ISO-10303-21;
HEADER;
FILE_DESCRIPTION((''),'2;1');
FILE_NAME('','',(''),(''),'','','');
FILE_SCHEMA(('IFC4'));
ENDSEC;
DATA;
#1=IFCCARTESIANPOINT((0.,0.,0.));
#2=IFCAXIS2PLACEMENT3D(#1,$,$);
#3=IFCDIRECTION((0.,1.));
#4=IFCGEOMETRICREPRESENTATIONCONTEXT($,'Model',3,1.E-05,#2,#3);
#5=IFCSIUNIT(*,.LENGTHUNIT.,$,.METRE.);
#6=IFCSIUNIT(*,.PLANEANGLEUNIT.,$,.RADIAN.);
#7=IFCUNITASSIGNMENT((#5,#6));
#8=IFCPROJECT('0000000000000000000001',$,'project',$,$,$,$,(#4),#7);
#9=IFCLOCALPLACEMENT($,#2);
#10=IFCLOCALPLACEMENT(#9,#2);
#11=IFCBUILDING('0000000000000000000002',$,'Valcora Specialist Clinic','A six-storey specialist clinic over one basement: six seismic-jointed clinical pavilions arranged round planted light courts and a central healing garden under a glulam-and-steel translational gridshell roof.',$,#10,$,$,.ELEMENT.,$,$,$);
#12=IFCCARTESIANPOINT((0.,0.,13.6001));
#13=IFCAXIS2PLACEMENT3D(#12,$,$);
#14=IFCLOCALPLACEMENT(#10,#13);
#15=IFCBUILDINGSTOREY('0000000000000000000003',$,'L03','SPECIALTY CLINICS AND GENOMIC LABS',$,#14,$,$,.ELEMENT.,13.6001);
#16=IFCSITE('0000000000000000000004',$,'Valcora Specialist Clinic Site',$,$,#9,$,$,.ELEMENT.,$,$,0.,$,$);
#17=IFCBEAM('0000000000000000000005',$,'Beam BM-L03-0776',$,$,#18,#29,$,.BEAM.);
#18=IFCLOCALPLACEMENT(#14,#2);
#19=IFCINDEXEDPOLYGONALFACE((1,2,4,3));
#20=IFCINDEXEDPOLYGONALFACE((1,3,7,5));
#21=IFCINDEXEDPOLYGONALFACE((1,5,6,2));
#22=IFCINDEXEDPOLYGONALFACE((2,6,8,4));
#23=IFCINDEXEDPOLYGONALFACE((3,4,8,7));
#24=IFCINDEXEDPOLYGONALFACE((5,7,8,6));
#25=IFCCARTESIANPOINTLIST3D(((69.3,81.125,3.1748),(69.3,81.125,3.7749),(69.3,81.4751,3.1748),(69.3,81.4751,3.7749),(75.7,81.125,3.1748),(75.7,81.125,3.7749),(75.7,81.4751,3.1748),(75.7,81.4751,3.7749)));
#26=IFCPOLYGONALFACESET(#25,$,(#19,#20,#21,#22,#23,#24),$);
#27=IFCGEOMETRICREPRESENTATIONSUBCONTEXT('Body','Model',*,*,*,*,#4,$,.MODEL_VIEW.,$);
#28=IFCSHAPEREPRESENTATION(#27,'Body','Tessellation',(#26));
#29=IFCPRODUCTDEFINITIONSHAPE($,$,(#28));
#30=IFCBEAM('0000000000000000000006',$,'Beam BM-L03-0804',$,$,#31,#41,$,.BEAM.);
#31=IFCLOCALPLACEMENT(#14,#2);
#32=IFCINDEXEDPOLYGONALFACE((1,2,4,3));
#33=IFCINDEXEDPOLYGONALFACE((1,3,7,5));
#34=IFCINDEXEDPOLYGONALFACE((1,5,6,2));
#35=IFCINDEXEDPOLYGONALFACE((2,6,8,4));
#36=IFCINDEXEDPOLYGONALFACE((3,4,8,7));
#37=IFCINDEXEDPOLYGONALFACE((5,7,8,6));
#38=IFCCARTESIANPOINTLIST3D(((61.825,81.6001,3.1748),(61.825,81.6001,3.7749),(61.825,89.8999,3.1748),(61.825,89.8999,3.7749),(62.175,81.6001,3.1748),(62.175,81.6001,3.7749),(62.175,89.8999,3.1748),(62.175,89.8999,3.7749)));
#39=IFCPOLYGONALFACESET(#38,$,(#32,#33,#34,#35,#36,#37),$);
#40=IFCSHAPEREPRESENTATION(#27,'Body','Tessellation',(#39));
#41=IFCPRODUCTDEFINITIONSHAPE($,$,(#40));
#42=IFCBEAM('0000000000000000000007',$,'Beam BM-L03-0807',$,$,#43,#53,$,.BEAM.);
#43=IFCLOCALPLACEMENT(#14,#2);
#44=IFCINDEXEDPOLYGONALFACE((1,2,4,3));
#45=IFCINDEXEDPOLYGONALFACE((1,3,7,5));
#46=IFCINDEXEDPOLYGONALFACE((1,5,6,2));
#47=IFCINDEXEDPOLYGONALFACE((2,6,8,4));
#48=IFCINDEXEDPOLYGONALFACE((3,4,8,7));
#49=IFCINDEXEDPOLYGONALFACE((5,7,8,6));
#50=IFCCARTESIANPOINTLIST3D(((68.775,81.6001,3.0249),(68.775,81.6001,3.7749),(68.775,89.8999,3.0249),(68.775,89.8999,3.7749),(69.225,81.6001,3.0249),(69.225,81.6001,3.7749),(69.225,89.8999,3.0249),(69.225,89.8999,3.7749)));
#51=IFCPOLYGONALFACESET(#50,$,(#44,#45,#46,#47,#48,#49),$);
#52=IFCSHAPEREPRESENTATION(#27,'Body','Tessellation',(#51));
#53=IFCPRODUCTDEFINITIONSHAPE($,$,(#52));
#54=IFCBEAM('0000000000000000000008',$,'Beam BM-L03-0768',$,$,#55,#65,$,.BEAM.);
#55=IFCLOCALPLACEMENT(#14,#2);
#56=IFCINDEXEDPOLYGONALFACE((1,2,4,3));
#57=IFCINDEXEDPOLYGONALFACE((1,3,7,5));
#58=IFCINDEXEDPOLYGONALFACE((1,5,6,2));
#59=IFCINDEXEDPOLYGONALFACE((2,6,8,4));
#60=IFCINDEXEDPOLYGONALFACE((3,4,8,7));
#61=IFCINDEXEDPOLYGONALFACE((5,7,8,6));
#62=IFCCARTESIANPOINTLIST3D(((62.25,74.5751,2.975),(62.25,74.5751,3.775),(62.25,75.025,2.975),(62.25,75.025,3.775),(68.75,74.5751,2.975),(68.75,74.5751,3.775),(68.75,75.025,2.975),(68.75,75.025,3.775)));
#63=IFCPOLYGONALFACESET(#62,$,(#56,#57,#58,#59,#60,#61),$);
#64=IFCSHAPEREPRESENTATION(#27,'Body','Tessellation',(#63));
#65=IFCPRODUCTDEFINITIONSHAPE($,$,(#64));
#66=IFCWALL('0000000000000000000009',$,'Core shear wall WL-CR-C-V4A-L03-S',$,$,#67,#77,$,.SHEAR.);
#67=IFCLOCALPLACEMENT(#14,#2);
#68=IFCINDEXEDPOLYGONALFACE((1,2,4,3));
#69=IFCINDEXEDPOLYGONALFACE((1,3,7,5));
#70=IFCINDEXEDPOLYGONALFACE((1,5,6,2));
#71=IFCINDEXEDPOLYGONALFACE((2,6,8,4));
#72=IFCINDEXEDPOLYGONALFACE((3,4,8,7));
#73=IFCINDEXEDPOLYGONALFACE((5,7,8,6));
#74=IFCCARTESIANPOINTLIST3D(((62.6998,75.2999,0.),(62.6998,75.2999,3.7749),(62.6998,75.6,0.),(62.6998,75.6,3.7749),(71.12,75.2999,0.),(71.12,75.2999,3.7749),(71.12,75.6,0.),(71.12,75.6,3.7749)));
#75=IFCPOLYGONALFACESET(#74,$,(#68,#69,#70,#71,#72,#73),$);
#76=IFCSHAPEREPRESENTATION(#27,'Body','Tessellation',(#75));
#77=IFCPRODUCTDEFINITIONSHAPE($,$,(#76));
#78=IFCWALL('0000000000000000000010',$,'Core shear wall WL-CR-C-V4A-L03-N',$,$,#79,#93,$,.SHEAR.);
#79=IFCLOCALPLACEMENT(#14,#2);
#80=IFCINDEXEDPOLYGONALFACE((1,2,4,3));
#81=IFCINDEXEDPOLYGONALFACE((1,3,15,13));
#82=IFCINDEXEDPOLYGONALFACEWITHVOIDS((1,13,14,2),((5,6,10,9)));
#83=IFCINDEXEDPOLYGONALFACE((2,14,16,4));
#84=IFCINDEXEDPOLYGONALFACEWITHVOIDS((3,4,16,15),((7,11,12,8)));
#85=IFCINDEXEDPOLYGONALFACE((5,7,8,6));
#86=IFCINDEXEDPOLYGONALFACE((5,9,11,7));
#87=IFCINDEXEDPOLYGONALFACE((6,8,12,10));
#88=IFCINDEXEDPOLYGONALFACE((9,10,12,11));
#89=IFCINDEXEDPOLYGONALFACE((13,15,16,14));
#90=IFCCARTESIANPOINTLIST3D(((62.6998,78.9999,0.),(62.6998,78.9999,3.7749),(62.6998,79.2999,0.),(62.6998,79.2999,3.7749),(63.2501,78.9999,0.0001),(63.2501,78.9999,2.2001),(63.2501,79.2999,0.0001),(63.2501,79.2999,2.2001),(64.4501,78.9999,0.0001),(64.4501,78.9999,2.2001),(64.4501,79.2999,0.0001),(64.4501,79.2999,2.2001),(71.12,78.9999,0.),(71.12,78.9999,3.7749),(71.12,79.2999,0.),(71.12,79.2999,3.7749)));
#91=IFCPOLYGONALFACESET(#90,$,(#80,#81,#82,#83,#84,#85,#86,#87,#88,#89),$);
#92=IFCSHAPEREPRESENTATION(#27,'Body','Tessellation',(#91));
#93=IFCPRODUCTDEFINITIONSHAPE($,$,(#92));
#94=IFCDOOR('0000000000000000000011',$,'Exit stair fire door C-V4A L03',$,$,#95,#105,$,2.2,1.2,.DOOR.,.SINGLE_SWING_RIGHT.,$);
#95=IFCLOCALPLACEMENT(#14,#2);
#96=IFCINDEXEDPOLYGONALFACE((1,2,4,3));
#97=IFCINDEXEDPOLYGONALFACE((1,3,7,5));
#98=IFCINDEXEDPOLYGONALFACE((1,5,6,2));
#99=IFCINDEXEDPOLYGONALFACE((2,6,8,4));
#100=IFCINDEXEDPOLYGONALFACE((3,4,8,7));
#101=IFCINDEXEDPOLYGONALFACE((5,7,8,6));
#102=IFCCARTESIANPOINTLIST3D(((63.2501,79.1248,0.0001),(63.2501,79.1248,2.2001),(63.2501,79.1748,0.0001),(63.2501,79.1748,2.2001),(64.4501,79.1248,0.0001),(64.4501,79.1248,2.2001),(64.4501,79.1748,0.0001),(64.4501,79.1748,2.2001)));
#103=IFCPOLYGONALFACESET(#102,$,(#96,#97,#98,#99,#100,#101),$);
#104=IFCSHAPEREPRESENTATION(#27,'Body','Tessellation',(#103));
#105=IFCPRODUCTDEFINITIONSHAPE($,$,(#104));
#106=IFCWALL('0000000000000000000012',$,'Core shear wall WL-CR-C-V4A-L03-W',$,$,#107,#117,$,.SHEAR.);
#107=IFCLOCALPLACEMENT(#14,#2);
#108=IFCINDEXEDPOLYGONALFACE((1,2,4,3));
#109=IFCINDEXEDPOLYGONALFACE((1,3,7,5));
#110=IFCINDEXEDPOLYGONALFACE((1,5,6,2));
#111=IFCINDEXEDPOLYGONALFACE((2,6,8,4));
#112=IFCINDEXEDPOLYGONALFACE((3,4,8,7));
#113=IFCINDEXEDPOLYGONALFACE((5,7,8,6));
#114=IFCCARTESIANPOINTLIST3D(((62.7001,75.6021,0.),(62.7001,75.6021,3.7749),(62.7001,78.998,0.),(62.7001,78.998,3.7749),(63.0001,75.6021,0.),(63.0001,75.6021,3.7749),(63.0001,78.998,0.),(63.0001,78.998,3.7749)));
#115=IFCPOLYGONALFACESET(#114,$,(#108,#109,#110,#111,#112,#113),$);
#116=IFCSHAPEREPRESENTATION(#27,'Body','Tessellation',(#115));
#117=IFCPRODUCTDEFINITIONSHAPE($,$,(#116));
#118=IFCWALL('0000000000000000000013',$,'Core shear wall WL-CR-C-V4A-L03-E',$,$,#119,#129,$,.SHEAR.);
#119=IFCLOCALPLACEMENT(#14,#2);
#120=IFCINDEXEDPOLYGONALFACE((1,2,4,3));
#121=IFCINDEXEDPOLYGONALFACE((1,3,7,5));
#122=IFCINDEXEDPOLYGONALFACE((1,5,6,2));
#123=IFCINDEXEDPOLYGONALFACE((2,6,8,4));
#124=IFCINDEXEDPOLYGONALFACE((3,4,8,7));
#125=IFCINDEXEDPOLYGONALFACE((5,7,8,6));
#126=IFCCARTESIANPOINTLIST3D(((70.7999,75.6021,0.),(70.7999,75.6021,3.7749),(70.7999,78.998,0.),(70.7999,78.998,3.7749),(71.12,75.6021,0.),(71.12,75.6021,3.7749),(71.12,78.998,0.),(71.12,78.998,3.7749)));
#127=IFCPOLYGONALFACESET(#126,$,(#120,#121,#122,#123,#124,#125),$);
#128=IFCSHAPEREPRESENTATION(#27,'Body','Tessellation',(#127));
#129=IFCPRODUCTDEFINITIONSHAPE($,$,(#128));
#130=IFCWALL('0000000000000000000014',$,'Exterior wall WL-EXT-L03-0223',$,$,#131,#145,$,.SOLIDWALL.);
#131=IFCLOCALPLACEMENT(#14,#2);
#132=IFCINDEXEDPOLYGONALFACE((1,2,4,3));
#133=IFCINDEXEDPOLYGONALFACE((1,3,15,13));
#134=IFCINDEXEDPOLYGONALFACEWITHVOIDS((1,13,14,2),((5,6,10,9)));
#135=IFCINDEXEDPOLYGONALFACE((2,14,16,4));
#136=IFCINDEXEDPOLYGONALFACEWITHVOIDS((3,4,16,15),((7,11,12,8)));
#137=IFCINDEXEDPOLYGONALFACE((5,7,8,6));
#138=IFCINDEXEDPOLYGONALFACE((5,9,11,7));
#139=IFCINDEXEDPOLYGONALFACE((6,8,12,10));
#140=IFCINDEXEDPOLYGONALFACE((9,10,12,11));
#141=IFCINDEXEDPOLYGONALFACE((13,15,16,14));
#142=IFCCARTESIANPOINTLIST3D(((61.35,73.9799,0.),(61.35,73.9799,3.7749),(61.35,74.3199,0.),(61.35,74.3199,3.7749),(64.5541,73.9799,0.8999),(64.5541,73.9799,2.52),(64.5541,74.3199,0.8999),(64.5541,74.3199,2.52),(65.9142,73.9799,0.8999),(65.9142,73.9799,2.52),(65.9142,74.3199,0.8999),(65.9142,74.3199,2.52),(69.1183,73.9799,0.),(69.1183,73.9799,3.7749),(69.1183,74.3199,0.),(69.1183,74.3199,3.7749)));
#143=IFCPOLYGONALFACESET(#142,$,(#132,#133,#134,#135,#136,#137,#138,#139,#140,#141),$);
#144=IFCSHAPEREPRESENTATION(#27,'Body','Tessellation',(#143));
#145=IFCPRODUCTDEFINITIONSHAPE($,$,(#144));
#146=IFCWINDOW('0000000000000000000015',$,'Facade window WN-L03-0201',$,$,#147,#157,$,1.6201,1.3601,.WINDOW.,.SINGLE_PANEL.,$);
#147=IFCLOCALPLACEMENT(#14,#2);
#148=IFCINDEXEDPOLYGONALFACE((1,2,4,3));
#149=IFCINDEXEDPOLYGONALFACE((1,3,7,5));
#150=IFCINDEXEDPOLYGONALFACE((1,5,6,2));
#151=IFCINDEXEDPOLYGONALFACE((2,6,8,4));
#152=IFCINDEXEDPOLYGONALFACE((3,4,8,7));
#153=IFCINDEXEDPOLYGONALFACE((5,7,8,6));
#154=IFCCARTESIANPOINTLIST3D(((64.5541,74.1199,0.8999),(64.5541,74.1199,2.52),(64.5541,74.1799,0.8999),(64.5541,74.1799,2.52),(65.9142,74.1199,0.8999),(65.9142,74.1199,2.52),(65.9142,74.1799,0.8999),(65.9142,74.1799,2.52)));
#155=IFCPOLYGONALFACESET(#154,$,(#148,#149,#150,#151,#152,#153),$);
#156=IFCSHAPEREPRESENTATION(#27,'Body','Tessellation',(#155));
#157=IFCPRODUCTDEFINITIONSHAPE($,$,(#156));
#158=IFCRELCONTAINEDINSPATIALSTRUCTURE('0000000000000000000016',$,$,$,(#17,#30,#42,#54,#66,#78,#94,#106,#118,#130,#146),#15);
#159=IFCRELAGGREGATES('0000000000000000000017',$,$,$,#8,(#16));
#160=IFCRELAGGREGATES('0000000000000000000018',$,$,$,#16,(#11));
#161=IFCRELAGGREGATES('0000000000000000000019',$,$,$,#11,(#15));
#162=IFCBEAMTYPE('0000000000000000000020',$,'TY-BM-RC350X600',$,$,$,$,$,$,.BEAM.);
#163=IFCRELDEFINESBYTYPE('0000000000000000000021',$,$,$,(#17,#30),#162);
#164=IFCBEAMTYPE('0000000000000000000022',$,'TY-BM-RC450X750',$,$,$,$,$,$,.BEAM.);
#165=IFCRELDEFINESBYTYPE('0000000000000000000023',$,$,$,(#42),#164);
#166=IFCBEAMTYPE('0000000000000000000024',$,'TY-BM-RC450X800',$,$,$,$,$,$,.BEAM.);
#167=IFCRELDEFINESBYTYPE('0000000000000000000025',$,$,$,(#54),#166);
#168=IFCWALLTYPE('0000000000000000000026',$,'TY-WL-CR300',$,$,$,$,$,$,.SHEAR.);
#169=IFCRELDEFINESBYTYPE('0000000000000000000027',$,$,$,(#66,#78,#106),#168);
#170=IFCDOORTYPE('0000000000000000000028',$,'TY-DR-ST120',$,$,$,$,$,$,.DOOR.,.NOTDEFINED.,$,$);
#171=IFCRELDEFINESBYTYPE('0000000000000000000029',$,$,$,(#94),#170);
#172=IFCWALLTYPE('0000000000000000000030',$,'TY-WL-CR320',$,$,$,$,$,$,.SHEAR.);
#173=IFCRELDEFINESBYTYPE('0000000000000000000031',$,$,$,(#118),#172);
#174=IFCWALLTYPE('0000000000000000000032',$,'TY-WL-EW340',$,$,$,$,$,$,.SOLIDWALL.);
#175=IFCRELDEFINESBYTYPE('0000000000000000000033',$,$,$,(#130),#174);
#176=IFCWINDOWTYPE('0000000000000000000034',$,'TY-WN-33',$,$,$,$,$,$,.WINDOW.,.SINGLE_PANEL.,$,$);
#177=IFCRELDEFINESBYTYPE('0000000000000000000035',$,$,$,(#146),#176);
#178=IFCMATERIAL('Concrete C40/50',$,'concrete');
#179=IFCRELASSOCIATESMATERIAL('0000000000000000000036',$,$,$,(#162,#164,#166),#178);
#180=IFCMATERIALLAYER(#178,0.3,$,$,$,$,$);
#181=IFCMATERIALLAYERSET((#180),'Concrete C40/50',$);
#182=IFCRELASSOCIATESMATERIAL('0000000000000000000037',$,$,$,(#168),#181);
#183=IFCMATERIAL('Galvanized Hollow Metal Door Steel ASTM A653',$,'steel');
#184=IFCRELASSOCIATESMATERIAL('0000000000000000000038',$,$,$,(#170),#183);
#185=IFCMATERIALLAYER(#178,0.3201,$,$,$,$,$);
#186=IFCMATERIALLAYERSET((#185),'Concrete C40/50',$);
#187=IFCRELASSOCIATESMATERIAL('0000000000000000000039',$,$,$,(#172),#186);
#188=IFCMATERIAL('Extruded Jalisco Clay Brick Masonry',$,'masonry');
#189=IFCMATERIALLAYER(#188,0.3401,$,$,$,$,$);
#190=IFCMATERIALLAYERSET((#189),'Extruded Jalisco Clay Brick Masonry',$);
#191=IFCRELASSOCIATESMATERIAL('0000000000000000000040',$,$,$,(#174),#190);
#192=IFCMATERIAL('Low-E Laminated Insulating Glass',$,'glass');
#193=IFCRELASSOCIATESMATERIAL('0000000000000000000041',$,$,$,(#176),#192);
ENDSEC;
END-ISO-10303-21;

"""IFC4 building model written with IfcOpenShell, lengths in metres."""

from ifc_helpers import new_model, si_unit, direction, frame, frame_2d, origin, origin_2d, place, context, subcontext, project, spatial, rectangle, extrude, material, layer, layer_set, material_profile, profile_set, type_object, element, fill, save


model = new_model("IFC4")

# Units and contexts
model_context = context("Model", 3, precision=1e-05, world=origin(), true_north=direction((0.0, 1.0)))
body_context = subcontext(model_context, "Body", "Model", "MODEL_VIEW")
ifc_project = project(units=[si_unit("LENGTHUNIT", "METRE"), si_unit("PLANEANGLEUNIT", "RADIAN")], contexts=[model_context])

# Site, building, storey
site_placement = place(None, origin())
site = spatial("IfcSite", under=ifc_project, at=site_placement, Name="Valcora Specialist Clinic Site", CompositionType="ELEMENT", RefElevation=0.0)
building_placement = place(site_placement, origin())
building = spatial("IfcBuilding", under=site, at=building_placement, Name="Valcora Specialist Clinic", Description="A six-storey specialist clinic over one basement: six seismic-jointed clinical pavilions arranged round planted light courts and a central healing garden under a glulam-and-steel translational gridshell roof.", CompositionType="ELEMENT")
storey_placement = place(building_placement, frame((0.0, 0.0, 13.6001)))
storey = spatial("IfcBuildingStorey", under=building, at=storey_placement, Name="L03", Description="SPECIALTY CLINICS AND GENOMIC LABS", CompositionType="ELEMENT", Elevation=13.6001)

# Shared definitions
ifc_material_1 = material(Name="Concrete C40/50", Category="concrete")

# Beams
ifc_material_profile_1 = material_profile(ifc_material_1, rectangle(XDim=0.3501, YDim=0.6001, at=origin_2d()), Name="RC-BM-350X600")
ifc_profile_set_1 = profile_set([ifc_material_profile_1], Name="Concrete C40/50")
beam_type_1 = type_object("IfcBeamType", Name="TY-BM-RC350X600", PredefinedType="BEAM", material=ifc_profile_set_1)
beam_1_placement = place(storey_placement, frame((69.3, 81.3, 3.4749), z_axis=(1.0, 0.0, 0.0), x_axis=(0.0, 1.0, 0.0)))
element("IfcBeam", 1, at=beam_1_placement, inside=storey, type_object=beam_type_1, Name="Beam BM-L03-0776", PredefinedType="BEAM", context=body_context, shape_type="SweptSolid", body=[
    extrude(rectangle(XDim=0.3501, YDim=0.6001, at=origin_2d()), origin(), (0.0, 0.0, 1.0), 6.3999),
])
beam_2_placement = place(storey_placement, frame((62.0, 81.6001, 3.4749), z_axis=(0.0, 1.0, 0.0), x_axis=(-1.0, 0.0, 0.0)))
element("IfcBeam", 2, at=beam_2_placement, inside=storey, type_object=beam_type_1, Name="Beam BM-L03-0804", PredefinedType="BEAM", context=body_context, shape_type="SweptSolid", body=[
    extrude(rectangle(XDim=0.3501, YDim=0.6001, at=origin_2d()), origin(), (0.0, 0.0, 1.0), 8.2998),
])
ifc_material_profile_2 = material_profile(ifc_material_1, rectangle(XDim=0.45, YDim=0.75, at=origin_2d()), Name="RC-BM-450X750")
ifc_profile_set_2 = profile_set([ifc_material_profile_2], Name="Concrete C40/50")
beam_type_2 = type_object("IfcBeamType", Name="TY-BM-RC450X750", PredefinedType="BEAM", material=ifc_profile_set_2)
beam_3_placement = place(storey_placement, frame((69.0, 81.6001, 3.3999), z_axis=(0.0, 1.0, 0.0), x_axis=(-1.0, 0.0, 0.0)))
element("IfcBeam", 3, at=beam_3_placement, inside=storey, type_object=beam_type_2, Name="Beam BM-L03-0807", PredefinedType="BEAM", context=body_context, shape_type="SweptSolid", body=[
    extrude(rectangle(XDim=0.45, YDim=0.75, at=origin_2d()), origin(), (0.0, 0.0, 1.0), 8.2998),
])
ifc_material_profile_3 = material_profile(ifc_material_1, rectangle(XDim=0.45, YDim=0.8, at=origin_2d()), Name="RC-BM-450X800")
ifc_profile_set_3 = profile_set([ifc_material_profile_3], Name="Concrete C40/50")
beam_type_3 = type_object("IfcBeamType", Name="TY-BM-RC450X800", PredefinedType="BEAM", material=ifc_profile_set_3)
beam_4_placement = place(storey_placement, frame((62.25, 74.8, 3.375), z_axis=(1.0, 0.0, 0.0), x_axis=(0.0, 1.0, 0.0)))
element("IfcBeam", 4, at=beam_4_placement, inside=storey, type_object=beam_type_3, Name="Beam BM-L03-0768", PredefinedType="BEAM", context=body_context, shape_type="SweptSolid", body=[
    extrude(rectangle(XDim=0.45, YDim=0.8, at=origin_2d()), origin(), (0.0, 0.0, 1.0), 6.5),
])

# Wall
ifc_layer_1 = layer(ifc_material_1, 0.3)
ifc_layer_set_1 = layer_set([ifc_layer_1], Name="Concrete C40/50")
wall_type_1 = type_object("IfcWallType", Name="TY-WL-CR300", PredefinedType="SHEAR", material=ifc_layer_set_1)
wall_1_placement = place(storey_placement, frame((62.7, 75.45, 0.0), z_axis=(0.0, 0.0, 1.0), x_axis=(1.0, 0.0, 0.0)))
element("IfcWall", 5, at=wall_1_placement, inside=storey, type_object=wall_type_1, Name="Core shear wall WL-CR-C-V4A-L03-S", PredefinedType="SHEAR", context=body_context, shape_type="SweptSolid", body=[
    extrude(rectangle(XDim=8.4202, YDim=0.3, at=frame_2d((4.21, 0.0))), origin(), (0.0, 0.0, 1.0), 3.7749),
])

# Wall, opening, door
wall_2_placement = place(storey_placement, frame((62.7, 79.1499, 0.0), z_axis=(0.0, 0.0, 1.0), x_axis=(1.0, 0.0, 0.0)))
wall_2 = element("IfcWall", 6, at=wall_2_placement, inside=storey, type_object=wall_type_1, Name="Core shear wall WL-CR-C-V4A-L03-N", PredefinedType="SHEAR", context=body_context, shape_type="SweptSolid", body=[
    extrude(rectangle(XDim=8.4202, YDim=0.3, at=frame_2d((4.21, 0.0))), origin(), (0.0, 0.0, 1.0), 3.7749),
])
opening_1_placement = place(wall_2_placement, frame((0.55, 0.0, 0.0)))
opening_1 = element("IfcOpeningElement", 7, at=opening_1_placement, cuts=wall_2, PredefinedType="OPENING", context=body_context, shape_type="SweptSolid", body=[
    extrude(rectangle(XDim=1.2, YDim=2.2, at=frame_2d((0.6001, 1.1001))), frame((0.0, 0.1599, 0.0), z_axis=(0.0, -1.0, 0.0), x_axis=(1.0, 0.0, 0.0)), (0.0, 0.0, 1.0), 0.3201),
])
ifc_material_2 = material(Name="Galvanized Hollow Metal Door Steel ASTM A653", Category="steel")
door_type_1 = type_object("IfcDoorType", Name="TY-DR-ST120", OperationType="NOTDEFINED", PredefinedType="DOOR", material=ifc_material_2)
door_1_placement = place(opening_1_placement, origin())
door_1 = element("IfcDoor", 8, at=door_1_placement, inside=storey, type_object=door_type_1, Name="Exit stair fire door C-V4A L03", OperationType="SINGLE_SWING_RIGHT", OverallHeight=2.2, OverallWidth=1.2, PredefinedType="DOOR", context=body_context, shape_type="SweptSolid", body=[
    extrude(rectangle(XDim=1.2, YDim=2.2, at=frame_2d((0.6001, 1.1001))), frame((0.0, 0.0249, 0.0), z_axis=(0.0, -1.0, 0.0), x_axis=(1.0, 0.0, 0.0)), (0.0, 0.0, 1.0), 0.05),
])
fill(opening_1, door_1)

# Walls
wall_3_placement = place(storey_placement, frame((62.8501, 75.6021, 0.0), z_axis=(0.0, 0.0, 1.0), x_axis=(0.0, 1.0, 0.0)))
element("IfcWall", 9, at=wall_3_placement, inside=storey, type_object=wall_type_1, Name="Core shear wall WL-CR-C-V4A-L03-W", PredefinedType="SHEAR", context=body_context, shape_type="SweptSolid", body=[
    extrude(rectangle(XDim=3.396, YDim=0.3, at=frame_2d((1.698, 0.0))), origin(), (0.0, 0.0, 1.0), 3.7749),
])
ifc_layer_2 = layer(ifc_material_1, 0.3201)
ifc_layer_set_2 = layer_set([ifc_layer_2], Name="Concrete C40/50")
wall_type_2 = type_object("IfcWallType", Name="TY-WL-CR320", PredefinedType="SHEAR", material=ifc_layer_set_2)
wall_4_placement = place(storey_placement, frame((70.96, 75.6021, 0.0), z_axis=(0.0, 0.0, 1.0), x_axis=(0.0, 1.0, 0.0)))
element("IfcWall", 10, at=wall_4_placement, inside=storey, type_object=wall_type_2, Name="Core shear wall WL-CR-C-V4A-L03-E", PredefinedType="SHEAR", context=body_context, shape_type="SweptSolid", body=[
    extrude(rectangle(XDim=3.396, YDim=0.3201, at=frame_2d((1.698, 0.0))), origin(), (0.0, 0.0, 1.0), 3.7749),
])

# Wall, opening, window
ifc_material_3 = material(Name="Extruded Jalisco Clay Brick Masonry", Category="masonry")
ifc_layer_3 = layer(ifc_material_3, 0.3401)
ifc_layer_set_3 = layer_set([ifc_layer_3], Name="Extruded Jalisco Clay Brick Masonry")
wall_type_3 = type_object("IfcWallType", Name="TY-WL-EW340", PredefinedType="SOLIDWALL", material=ifc_layer_set_3)
wall_5_placement = place(storey_placement, frame((69.1184, 74.1499, 0.0), z_axis=(0.0, 0.0, 1.0), x_axis=(-1.0, 0.0, 0.0)))
wall_5 = element("IfcWall", 11, at=wall_5_placement, inside=storey, type_object=wall_type_3, Name="Exterior wall WL-EXT-L03-0223", PredefinedType="SOLIDWALL", context=body_context, shape_type="SweptSolid", body=[
    extrude(rectangle(XDim=7.7683, YDim=0.3401, at=frame_2d((3.8843, 0.0))), origin(), (0.0, 0.0, 1.0), 3.7749),
])
opening_2_placement = place(wall_5_placement, frame((3.2041, 0.0, 0.8999)))
opening_2 = element("IfcOpeningElement", 12, at=opening_2_placement, cuts=wall_5, PredefinedType="OPENING", context=body_context, shape_type="SweptSolid", body=[
    extrude(rectangle(XDim=1.3601, YDim=1.6201, at=frame_2d((0.6802, 0.8101))), frame((0.0, 0.1799, 0.0), z_axis=(0.0, -1.0, 0.0), x_axis=(1.0, 0.0, 0.0)), (0.0, 0.0, 1.0), 0.3601),
])
ifc_material_4 = material(Name="Low-E Laminated Insulating Glass", Category="glass")
window_type = type_object("IfcWindowType", Name="TY-WN-33", PartitioningType="SINGLE_PANEL", PredefinedType="WINDOW", material=ifc_material_4)
window_placement = place(opening_2_placement, origin())
window = element("IfcWindow", 13, at=window_placement, inside=storey, type_object=window_type, Name="Facade window WN-L03-0201", OverallHeight=1.6201, OverallWidth=1.3601, PartitioningType="SINGLE_PANEL", PredefinedType="WINDOW", context=body_context, shape_type="SweptSolid", body=[
    extrude(rectangle(XDim=1.3601, YDim=1.6201, at=frame_2d((0.6802, 0.8101))), frame((0.0, 0.03, 0.0), z_axis=(0.0, -1.0, 0.0), x_axis=(1.0, 0.0, 0.0)), (0.0, 0.0, 1.0), 0.0601),
])
fill(opening_2, window)

save(model, "model.ifc")
